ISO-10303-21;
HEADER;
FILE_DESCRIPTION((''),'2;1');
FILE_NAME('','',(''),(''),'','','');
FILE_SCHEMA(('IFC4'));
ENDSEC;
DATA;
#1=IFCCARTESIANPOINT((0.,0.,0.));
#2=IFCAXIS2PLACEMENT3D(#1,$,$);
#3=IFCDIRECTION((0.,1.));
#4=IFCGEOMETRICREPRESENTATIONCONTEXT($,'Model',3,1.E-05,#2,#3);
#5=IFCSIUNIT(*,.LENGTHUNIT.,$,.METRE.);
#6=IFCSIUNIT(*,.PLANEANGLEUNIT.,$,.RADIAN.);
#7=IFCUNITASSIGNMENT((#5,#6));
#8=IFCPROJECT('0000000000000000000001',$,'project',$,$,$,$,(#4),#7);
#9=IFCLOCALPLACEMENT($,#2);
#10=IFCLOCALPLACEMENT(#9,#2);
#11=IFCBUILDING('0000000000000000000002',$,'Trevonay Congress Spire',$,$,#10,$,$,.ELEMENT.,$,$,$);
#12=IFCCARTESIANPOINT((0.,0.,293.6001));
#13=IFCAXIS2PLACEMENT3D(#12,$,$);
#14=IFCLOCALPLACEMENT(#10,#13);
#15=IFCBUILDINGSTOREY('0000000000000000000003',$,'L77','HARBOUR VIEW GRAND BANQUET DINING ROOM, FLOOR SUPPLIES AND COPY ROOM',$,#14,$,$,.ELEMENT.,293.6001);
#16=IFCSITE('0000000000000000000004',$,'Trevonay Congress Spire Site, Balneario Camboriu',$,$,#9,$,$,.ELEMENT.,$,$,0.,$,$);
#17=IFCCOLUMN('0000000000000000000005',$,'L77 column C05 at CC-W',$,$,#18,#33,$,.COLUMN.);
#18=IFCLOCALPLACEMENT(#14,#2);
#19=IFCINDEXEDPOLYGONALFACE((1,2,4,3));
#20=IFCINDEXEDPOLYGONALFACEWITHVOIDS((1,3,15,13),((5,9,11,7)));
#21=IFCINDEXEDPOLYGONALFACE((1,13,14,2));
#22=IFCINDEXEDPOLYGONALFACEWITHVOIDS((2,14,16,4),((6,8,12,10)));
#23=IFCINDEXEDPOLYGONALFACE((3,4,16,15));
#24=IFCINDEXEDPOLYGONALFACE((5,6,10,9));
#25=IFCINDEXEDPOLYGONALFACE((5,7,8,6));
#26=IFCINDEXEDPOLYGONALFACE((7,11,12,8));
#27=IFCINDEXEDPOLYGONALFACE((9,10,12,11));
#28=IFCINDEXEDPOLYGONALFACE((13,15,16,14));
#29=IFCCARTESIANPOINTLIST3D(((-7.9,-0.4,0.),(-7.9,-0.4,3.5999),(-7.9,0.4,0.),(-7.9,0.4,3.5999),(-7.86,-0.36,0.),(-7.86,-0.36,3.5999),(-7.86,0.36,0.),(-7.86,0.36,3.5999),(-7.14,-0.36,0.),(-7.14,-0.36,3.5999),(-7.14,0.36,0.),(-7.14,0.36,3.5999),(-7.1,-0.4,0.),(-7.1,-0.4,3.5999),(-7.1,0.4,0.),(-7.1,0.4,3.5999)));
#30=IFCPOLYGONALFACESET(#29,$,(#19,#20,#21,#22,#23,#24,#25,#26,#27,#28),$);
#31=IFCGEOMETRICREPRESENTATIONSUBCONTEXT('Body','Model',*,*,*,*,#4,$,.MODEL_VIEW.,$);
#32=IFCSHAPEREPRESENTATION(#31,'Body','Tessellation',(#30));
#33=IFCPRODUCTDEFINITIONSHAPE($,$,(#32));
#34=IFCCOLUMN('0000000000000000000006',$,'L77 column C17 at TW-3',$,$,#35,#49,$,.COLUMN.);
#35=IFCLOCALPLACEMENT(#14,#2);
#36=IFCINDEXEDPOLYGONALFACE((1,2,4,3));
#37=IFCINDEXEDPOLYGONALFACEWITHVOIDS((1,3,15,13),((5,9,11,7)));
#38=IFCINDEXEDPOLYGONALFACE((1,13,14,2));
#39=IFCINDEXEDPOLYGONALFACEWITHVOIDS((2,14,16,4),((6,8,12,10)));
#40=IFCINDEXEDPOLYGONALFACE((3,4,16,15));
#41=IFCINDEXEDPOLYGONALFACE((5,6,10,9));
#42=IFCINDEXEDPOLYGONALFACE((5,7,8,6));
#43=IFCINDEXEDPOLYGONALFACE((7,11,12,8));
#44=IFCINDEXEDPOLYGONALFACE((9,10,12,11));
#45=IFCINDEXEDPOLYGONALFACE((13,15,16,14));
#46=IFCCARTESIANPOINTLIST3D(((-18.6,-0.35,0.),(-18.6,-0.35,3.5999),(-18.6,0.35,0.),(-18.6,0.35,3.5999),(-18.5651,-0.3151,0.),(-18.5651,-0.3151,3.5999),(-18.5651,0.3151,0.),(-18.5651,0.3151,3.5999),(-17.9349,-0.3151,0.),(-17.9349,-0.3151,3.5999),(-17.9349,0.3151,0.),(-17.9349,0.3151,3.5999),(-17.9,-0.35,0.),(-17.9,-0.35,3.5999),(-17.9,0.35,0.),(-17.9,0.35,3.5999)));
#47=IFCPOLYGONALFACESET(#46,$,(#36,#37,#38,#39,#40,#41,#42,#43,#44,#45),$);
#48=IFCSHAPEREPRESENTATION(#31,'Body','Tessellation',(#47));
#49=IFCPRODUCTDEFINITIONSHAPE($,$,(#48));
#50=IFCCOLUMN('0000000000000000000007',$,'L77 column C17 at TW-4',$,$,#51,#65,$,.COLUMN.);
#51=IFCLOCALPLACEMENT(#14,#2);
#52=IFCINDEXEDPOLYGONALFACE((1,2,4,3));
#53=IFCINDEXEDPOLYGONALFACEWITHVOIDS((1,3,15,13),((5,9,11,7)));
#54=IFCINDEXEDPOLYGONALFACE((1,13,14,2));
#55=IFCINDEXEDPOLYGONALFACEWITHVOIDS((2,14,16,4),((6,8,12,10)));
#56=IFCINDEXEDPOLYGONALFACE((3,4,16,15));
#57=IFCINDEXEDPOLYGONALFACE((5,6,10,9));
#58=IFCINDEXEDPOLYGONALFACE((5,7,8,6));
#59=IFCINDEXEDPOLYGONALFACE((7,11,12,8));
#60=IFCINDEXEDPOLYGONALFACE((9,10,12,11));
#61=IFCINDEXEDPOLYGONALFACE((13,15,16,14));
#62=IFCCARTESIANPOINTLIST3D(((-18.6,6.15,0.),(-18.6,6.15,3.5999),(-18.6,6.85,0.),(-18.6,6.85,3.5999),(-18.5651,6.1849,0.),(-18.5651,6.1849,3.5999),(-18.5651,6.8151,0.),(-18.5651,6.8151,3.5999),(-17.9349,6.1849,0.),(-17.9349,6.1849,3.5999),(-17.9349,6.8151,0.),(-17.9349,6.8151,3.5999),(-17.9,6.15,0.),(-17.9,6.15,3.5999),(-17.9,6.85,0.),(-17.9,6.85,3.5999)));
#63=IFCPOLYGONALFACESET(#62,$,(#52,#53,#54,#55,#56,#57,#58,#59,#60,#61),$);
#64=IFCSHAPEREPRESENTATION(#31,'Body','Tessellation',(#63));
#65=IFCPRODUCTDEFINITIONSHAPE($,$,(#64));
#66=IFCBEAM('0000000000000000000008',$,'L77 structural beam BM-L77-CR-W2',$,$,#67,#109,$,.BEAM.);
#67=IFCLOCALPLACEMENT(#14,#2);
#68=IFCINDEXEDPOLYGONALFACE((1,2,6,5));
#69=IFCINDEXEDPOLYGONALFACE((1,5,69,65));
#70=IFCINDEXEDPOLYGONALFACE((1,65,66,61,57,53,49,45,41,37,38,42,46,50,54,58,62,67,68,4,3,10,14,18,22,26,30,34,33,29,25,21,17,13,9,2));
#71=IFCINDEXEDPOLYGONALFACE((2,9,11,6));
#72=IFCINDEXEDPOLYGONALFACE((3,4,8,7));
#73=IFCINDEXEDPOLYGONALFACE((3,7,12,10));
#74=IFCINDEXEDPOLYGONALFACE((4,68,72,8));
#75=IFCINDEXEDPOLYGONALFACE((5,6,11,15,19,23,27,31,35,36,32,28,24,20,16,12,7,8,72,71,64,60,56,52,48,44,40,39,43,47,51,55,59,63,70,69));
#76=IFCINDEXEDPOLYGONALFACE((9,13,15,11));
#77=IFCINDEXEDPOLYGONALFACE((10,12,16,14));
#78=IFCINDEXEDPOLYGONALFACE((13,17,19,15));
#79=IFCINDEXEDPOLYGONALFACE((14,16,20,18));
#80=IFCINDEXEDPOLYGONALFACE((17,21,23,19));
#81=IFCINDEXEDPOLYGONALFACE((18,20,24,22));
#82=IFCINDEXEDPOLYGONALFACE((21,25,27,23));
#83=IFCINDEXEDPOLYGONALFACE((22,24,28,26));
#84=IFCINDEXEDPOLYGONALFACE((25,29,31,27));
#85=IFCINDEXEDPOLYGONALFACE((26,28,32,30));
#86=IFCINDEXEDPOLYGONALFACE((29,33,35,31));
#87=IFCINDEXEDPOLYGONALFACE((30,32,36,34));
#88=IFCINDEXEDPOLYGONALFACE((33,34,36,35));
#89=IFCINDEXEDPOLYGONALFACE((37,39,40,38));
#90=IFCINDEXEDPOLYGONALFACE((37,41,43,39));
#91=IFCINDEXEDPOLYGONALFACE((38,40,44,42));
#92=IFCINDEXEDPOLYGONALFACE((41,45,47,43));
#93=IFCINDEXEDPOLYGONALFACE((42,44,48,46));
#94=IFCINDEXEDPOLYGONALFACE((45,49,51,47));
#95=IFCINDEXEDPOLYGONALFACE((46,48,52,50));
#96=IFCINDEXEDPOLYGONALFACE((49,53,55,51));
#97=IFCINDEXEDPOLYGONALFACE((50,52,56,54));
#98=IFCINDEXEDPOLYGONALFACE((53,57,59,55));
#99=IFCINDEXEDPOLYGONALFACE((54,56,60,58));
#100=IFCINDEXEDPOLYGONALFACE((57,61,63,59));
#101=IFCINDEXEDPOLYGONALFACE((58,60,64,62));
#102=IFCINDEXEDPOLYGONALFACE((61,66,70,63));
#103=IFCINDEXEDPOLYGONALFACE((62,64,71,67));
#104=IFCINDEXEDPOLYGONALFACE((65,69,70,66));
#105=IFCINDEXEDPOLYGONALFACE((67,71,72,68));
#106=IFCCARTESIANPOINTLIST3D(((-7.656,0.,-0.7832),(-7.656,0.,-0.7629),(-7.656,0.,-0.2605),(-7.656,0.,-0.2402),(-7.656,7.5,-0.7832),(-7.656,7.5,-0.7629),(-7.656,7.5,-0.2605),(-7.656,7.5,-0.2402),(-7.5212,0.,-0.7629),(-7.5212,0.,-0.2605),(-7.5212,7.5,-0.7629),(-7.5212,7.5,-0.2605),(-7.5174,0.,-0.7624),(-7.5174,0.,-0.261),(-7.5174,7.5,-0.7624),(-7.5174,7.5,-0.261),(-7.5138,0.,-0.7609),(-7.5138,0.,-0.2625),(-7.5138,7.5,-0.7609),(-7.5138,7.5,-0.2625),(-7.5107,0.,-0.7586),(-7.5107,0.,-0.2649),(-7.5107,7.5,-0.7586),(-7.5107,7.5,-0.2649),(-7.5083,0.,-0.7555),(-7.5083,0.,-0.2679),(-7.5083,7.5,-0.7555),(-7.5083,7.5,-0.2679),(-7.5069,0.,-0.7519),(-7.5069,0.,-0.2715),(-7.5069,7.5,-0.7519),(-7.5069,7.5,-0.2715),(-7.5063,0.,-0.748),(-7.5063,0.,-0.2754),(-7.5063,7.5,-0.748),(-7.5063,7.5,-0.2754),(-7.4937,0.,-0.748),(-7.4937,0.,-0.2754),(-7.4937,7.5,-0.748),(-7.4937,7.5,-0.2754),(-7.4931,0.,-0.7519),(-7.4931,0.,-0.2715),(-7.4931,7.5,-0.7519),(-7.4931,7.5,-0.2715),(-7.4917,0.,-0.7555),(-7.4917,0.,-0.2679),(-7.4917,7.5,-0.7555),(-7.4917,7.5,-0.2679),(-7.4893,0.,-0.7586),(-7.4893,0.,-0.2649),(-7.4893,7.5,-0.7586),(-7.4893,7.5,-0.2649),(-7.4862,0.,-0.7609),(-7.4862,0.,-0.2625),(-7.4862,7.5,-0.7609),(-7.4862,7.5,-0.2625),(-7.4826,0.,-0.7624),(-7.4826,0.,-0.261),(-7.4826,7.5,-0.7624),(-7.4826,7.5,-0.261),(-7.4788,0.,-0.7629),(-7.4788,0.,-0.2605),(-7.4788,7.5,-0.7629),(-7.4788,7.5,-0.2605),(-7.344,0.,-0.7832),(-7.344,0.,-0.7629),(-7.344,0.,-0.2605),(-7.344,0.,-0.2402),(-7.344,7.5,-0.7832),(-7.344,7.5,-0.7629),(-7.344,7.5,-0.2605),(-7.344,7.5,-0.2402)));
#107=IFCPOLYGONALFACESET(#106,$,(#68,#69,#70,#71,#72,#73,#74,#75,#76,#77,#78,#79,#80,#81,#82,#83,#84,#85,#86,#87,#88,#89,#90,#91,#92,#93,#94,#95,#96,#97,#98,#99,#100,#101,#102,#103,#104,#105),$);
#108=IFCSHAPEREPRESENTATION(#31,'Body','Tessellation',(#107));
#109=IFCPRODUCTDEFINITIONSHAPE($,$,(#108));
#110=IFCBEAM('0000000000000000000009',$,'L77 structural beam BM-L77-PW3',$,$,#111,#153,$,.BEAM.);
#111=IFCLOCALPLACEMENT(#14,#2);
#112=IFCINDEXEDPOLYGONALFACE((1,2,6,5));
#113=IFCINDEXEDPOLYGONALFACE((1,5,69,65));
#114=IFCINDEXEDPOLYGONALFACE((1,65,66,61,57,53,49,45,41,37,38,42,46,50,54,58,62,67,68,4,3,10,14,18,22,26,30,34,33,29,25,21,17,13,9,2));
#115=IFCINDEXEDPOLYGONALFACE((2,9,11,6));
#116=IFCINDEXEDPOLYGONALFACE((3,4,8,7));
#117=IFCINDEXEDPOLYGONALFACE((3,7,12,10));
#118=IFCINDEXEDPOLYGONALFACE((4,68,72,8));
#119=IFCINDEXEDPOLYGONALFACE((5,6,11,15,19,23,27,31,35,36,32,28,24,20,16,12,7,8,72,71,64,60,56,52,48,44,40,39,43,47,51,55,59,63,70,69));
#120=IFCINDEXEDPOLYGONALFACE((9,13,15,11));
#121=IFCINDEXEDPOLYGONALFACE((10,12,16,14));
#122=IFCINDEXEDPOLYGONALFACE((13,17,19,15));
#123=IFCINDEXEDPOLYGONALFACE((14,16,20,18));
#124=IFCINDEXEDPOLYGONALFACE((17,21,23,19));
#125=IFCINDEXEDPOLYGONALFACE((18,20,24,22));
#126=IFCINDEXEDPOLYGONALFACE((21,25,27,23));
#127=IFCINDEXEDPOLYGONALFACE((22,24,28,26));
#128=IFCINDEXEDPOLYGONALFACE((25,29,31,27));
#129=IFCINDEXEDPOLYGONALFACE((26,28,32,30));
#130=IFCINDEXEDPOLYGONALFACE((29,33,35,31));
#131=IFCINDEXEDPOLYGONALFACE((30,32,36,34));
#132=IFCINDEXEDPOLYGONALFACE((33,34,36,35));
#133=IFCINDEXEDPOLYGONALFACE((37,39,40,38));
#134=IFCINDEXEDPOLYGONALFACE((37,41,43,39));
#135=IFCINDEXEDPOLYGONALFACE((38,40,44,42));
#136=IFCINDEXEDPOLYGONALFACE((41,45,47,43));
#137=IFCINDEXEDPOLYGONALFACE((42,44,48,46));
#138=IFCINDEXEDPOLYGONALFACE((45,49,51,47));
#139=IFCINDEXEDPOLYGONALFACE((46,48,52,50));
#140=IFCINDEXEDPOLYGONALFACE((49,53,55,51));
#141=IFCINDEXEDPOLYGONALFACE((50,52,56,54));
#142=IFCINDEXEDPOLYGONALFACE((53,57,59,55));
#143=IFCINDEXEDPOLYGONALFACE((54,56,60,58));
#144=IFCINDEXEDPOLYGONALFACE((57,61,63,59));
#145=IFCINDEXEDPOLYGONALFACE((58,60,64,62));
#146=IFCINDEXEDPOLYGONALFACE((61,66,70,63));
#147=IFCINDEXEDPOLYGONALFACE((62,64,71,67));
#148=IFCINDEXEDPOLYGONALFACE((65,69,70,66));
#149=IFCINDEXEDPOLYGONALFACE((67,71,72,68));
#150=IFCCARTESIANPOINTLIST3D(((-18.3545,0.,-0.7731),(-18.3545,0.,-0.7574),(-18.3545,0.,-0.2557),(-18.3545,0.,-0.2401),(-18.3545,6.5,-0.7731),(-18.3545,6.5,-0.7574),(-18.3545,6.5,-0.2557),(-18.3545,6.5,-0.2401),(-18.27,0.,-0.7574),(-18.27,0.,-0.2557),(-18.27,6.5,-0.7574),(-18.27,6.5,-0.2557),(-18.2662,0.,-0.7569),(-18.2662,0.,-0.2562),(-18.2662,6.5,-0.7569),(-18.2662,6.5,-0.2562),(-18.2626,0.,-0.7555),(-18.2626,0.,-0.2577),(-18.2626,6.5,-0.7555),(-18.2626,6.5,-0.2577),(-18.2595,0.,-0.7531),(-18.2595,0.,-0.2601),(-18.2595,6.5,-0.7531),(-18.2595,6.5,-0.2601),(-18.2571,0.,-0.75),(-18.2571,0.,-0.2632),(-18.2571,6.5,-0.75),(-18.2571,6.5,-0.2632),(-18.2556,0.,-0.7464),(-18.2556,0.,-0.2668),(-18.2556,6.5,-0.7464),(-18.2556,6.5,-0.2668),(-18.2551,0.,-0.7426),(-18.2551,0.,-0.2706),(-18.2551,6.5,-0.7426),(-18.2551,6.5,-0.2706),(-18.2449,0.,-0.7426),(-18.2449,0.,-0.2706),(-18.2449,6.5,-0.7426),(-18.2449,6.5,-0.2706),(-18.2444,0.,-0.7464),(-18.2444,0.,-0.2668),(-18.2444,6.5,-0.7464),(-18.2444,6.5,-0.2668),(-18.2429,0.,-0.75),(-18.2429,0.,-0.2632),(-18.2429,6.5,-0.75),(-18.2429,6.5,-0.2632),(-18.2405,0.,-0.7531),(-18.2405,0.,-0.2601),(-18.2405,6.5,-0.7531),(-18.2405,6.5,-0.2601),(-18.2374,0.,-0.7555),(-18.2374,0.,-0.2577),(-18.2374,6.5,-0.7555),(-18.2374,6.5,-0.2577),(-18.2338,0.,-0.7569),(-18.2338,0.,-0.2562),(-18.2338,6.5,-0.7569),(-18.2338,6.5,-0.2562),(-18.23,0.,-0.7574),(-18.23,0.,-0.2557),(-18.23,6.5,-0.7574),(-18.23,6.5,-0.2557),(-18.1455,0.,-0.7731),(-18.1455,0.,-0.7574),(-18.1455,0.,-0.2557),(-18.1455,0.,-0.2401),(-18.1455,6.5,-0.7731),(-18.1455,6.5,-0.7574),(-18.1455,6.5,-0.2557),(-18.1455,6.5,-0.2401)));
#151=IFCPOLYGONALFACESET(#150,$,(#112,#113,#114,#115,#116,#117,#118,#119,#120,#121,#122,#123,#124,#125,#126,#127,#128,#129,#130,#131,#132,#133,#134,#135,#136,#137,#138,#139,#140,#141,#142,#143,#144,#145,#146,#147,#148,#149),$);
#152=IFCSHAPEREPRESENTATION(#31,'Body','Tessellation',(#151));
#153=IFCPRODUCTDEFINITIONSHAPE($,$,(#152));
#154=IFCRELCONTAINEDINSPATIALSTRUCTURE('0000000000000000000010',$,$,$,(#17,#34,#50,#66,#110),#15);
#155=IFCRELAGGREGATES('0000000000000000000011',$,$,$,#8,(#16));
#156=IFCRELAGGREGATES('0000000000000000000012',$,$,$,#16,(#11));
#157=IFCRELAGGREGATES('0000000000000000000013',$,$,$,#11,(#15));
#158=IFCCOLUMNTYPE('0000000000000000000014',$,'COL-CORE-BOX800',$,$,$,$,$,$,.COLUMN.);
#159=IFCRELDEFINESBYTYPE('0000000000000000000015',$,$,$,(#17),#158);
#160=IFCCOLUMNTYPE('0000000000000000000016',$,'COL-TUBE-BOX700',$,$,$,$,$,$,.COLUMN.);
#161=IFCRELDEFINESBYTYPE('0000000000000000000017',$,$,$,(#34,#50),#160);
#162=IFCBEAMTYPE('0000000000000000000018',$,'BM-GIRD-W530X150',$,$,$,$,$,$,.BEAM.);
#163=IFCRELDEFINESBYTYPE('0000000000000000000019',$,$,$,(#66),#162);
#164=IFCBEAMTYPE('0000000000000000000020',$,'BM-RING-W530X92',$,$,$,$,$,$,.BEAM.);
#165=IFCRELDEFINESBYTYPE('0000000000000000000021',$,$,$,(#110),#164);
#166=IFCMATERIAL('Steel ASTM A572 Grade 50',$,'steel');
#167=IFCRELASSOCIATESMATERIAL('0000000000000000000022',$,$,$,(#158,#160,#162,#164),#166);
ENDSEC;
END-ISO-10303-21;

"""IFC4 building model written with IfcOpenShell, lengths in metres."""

from ifc_helpers import new_model, si_unit, direction, frame, origin, origin_2d, place, context, subcontext, project, spatial, hollow_rectangle, i_section, extrude, material, material_profile, profile_set, type_object, element, save


model = new_model("IFC4")

# Units and contexts
model_context = context("Model", 3, precision=1e-05, world=origin(), true_north=direction((0.0, 1.0)))
body_context = subcontext(model_context, "Body", "Model", "MODEL_VIEW")
ifc_project = project(units=[si_unit("LENGTHUNIT", "METRE"), si_unit("PLANEANGLEUNIT", "RADIAN")], contexts=[model_context])

# Site, building, storey
site_placement = place(None, origin())
site = spatial("IfcSite", under=ifc_project, at=site_placement, Name="Trevonay Congress Spire Site, Balneario Camboriu", CompositionType="ELEMENT", RefElevation=0.0)
building_placement = place(site_placement, origin())
building = spatial("IfcBuilding", under=site, at=building_placement, Name="Trevonay Congress Spire", CompositionType="ELEMENT")
storey_placement = place(building_placement, frame((0.0, 0.0, 293.6001)))
storey = spatial("IfcBuildingStorey", under=building, at=storey_placement, Name="L77", Description="HARBOUR VIEW GRAND BANQUET DINING ROOM, FLOOR SUPPLIES AND COPY ROOM", CompositionType="ELEMENT", Elevation=293.6001)

# Columns
ifc_material_1 = material(Name="Steel ASTM A572 Grade 50", Category="steel")
ifc_material_profile_1 = material_profile(ifc_material_1, hollow_rectangle(XDim=0.8, YDim=0.8, WallThickness=0.04, at=origin_2d()), Name="BOX 800x800x40")
ifc_profile_set_1 = profile_set([ifc_material_profile_1], Name="Steel ASTM A572 Grade 50")
column_type_1 = type_object("IfcColumnType", Name="COL-CORE-BOX800", PredefinedType="COLUMN", material=ifc_profile_set_1)
column_placement = place(storey_placement, frame((-7.5, 0.0, 0.0), z_axis=(0.0, 0.0, 1.0), x_axis=(1.0, 0.0, 0.0)))
element("IfcColumn", 1, at=column_placement, inside=storey, type_object=column_type_1, Name="L77 column C05 at CC-W", PredefinedType="COLUMN", context=body_context, shape_type="SweptSolid", body=[
    extrude(hollow_rectangle(XDim=0.8, YDim=0.8, WallThickness=0.04, at=origin_2d()), origin(), (0.0, 0.0, 1.0), 3.5999),
])
ifc_material_profile_2 = material_profile(ifc_material_1, hollow_rectangle(XDim=0.7, YDim=0.7, WallThickness=0.0349, at=origin_2d()), Name="BOX 700x700x35")
ifc_profile_set_2 = profile_set([ifc_material_profile_2], Name="Steel ASTM A572 Grade 50")
column_type_2 = type_object("IfcColumnType", Name="COL-TUBE-BOX700", PredefinedType="COLUMN", material=ifc_profile_set_2)
for number, where, z_axis, x_axis, name in (
    (2, (-18.25, 0.0, 0.0), (0.0, 0.0, 1.0), (1.0, 0.0, 0.0), "L77 column C17 at TW-3"),
    (3, (-18.25, 6.5, 0.0), (0.0, 0.0, 1.0), (1.0, 0.0, 0.0), "L77 column C17 at TW-4"),
):
    element("IfcColumn", number, at=place(storey_placement, frame(where, z_axis=z_axis, x_axis=x_axis)), inside=storey, type_object=column_type_2, Name=name, PredefinedType="COLUMN", context=body_context, shape_type="SweptSolid", body=[
        extrude(hollow_rectangle(XDim=0.7, YDim=0.7, WallThickness=0.0349, at=origin_2d()), origin(), (0.0, 0.0, 1.0), 3.5999),
    ])

# Beams
ifc_material_profile_3 = material_profile(ifc_material_1, i_section(OverallWidth=0.312, OverallDepth=0.543, WebThickness=0.0127, FlangeThickness=0.0203, FilletRadius=0.0149, at=origin_2d()), Name="W530x150")
ifc_profile_set_3 = profile_set([ifc_material_profile_3], Name="Steel ASTM A572 Grade 50")
beam_type_1 = type_object("IfcBeamType", Name="BM-GIRD-W530X150", PredefinedType="BEAM", material=ifc_profile_set_3)
beam_1_placement = place(storey_placement, frame((-7.5, 0.0, -0.5117), z_axis=(0.0, 1.0, 0.0), x_axis=(-1.0, 0.0, 0.0)))
element("IfcBeam", 4, at=beam_1_placement, inside=storey, type_object=beam_type_1, Name="L77 structural beam BM-L77-CR-W2", PredefinedType="BEAM", context=body_context, shape_type="SweptSolid", body=[
    extrude(i_section(OverallWidth=0.312, OverallDepth=0.543, WebThickness=0.0127, FlangeThickness=0.0203, FilletRadius=0.0149, at=origin_2d()), origin(), (0.0, 0.0, 1.0), 7.5),
])
ifc_material_profile_4 = material_profile(ifc_material_1, i_section(OverallWidth=0.209, OverallDepth=0.533, WebThickness=0.0103, FlangeThickness=0.0156, FilletRadius=0.0149, at=origin_2d()), Name="W530x92")
ifc_profile_set_4 = profile_set([ifc_material_profile_4], Name="Steel ASTM A572 Grade 50")
beam_type_2 = type_object("IfcBeamType", Name="BM-RING-W530X92", PredefinedType="BEAM", material=ifc_profile_set_4)
beam_2_placement = place(storey_placement, frame((-18.25, 0.0, -0.5066), z_axis=(0.0, 1.0, 0.0), x_axis=(-1.0, 0.0, 0.0)))
element("IfcBeam", 5, at=beam_2_placement, inside=storey, type_object=beam_type_2, Name="L77 structural beam BM-L77-PW3", PredefinedType="BEAM", context=body_context, shape_type="SweptSolid", body=[
    extrude(i_section(OverallWidth=0.209, OverallDepth=0.533, WebThickness=0.0103, FlangeThickness=0.0156, FilletRadius=0.0149, at=origin_2d()), origin(), (0.0, 0.0, 1.0), 6.5),
])

save(model, "model.ifc")
